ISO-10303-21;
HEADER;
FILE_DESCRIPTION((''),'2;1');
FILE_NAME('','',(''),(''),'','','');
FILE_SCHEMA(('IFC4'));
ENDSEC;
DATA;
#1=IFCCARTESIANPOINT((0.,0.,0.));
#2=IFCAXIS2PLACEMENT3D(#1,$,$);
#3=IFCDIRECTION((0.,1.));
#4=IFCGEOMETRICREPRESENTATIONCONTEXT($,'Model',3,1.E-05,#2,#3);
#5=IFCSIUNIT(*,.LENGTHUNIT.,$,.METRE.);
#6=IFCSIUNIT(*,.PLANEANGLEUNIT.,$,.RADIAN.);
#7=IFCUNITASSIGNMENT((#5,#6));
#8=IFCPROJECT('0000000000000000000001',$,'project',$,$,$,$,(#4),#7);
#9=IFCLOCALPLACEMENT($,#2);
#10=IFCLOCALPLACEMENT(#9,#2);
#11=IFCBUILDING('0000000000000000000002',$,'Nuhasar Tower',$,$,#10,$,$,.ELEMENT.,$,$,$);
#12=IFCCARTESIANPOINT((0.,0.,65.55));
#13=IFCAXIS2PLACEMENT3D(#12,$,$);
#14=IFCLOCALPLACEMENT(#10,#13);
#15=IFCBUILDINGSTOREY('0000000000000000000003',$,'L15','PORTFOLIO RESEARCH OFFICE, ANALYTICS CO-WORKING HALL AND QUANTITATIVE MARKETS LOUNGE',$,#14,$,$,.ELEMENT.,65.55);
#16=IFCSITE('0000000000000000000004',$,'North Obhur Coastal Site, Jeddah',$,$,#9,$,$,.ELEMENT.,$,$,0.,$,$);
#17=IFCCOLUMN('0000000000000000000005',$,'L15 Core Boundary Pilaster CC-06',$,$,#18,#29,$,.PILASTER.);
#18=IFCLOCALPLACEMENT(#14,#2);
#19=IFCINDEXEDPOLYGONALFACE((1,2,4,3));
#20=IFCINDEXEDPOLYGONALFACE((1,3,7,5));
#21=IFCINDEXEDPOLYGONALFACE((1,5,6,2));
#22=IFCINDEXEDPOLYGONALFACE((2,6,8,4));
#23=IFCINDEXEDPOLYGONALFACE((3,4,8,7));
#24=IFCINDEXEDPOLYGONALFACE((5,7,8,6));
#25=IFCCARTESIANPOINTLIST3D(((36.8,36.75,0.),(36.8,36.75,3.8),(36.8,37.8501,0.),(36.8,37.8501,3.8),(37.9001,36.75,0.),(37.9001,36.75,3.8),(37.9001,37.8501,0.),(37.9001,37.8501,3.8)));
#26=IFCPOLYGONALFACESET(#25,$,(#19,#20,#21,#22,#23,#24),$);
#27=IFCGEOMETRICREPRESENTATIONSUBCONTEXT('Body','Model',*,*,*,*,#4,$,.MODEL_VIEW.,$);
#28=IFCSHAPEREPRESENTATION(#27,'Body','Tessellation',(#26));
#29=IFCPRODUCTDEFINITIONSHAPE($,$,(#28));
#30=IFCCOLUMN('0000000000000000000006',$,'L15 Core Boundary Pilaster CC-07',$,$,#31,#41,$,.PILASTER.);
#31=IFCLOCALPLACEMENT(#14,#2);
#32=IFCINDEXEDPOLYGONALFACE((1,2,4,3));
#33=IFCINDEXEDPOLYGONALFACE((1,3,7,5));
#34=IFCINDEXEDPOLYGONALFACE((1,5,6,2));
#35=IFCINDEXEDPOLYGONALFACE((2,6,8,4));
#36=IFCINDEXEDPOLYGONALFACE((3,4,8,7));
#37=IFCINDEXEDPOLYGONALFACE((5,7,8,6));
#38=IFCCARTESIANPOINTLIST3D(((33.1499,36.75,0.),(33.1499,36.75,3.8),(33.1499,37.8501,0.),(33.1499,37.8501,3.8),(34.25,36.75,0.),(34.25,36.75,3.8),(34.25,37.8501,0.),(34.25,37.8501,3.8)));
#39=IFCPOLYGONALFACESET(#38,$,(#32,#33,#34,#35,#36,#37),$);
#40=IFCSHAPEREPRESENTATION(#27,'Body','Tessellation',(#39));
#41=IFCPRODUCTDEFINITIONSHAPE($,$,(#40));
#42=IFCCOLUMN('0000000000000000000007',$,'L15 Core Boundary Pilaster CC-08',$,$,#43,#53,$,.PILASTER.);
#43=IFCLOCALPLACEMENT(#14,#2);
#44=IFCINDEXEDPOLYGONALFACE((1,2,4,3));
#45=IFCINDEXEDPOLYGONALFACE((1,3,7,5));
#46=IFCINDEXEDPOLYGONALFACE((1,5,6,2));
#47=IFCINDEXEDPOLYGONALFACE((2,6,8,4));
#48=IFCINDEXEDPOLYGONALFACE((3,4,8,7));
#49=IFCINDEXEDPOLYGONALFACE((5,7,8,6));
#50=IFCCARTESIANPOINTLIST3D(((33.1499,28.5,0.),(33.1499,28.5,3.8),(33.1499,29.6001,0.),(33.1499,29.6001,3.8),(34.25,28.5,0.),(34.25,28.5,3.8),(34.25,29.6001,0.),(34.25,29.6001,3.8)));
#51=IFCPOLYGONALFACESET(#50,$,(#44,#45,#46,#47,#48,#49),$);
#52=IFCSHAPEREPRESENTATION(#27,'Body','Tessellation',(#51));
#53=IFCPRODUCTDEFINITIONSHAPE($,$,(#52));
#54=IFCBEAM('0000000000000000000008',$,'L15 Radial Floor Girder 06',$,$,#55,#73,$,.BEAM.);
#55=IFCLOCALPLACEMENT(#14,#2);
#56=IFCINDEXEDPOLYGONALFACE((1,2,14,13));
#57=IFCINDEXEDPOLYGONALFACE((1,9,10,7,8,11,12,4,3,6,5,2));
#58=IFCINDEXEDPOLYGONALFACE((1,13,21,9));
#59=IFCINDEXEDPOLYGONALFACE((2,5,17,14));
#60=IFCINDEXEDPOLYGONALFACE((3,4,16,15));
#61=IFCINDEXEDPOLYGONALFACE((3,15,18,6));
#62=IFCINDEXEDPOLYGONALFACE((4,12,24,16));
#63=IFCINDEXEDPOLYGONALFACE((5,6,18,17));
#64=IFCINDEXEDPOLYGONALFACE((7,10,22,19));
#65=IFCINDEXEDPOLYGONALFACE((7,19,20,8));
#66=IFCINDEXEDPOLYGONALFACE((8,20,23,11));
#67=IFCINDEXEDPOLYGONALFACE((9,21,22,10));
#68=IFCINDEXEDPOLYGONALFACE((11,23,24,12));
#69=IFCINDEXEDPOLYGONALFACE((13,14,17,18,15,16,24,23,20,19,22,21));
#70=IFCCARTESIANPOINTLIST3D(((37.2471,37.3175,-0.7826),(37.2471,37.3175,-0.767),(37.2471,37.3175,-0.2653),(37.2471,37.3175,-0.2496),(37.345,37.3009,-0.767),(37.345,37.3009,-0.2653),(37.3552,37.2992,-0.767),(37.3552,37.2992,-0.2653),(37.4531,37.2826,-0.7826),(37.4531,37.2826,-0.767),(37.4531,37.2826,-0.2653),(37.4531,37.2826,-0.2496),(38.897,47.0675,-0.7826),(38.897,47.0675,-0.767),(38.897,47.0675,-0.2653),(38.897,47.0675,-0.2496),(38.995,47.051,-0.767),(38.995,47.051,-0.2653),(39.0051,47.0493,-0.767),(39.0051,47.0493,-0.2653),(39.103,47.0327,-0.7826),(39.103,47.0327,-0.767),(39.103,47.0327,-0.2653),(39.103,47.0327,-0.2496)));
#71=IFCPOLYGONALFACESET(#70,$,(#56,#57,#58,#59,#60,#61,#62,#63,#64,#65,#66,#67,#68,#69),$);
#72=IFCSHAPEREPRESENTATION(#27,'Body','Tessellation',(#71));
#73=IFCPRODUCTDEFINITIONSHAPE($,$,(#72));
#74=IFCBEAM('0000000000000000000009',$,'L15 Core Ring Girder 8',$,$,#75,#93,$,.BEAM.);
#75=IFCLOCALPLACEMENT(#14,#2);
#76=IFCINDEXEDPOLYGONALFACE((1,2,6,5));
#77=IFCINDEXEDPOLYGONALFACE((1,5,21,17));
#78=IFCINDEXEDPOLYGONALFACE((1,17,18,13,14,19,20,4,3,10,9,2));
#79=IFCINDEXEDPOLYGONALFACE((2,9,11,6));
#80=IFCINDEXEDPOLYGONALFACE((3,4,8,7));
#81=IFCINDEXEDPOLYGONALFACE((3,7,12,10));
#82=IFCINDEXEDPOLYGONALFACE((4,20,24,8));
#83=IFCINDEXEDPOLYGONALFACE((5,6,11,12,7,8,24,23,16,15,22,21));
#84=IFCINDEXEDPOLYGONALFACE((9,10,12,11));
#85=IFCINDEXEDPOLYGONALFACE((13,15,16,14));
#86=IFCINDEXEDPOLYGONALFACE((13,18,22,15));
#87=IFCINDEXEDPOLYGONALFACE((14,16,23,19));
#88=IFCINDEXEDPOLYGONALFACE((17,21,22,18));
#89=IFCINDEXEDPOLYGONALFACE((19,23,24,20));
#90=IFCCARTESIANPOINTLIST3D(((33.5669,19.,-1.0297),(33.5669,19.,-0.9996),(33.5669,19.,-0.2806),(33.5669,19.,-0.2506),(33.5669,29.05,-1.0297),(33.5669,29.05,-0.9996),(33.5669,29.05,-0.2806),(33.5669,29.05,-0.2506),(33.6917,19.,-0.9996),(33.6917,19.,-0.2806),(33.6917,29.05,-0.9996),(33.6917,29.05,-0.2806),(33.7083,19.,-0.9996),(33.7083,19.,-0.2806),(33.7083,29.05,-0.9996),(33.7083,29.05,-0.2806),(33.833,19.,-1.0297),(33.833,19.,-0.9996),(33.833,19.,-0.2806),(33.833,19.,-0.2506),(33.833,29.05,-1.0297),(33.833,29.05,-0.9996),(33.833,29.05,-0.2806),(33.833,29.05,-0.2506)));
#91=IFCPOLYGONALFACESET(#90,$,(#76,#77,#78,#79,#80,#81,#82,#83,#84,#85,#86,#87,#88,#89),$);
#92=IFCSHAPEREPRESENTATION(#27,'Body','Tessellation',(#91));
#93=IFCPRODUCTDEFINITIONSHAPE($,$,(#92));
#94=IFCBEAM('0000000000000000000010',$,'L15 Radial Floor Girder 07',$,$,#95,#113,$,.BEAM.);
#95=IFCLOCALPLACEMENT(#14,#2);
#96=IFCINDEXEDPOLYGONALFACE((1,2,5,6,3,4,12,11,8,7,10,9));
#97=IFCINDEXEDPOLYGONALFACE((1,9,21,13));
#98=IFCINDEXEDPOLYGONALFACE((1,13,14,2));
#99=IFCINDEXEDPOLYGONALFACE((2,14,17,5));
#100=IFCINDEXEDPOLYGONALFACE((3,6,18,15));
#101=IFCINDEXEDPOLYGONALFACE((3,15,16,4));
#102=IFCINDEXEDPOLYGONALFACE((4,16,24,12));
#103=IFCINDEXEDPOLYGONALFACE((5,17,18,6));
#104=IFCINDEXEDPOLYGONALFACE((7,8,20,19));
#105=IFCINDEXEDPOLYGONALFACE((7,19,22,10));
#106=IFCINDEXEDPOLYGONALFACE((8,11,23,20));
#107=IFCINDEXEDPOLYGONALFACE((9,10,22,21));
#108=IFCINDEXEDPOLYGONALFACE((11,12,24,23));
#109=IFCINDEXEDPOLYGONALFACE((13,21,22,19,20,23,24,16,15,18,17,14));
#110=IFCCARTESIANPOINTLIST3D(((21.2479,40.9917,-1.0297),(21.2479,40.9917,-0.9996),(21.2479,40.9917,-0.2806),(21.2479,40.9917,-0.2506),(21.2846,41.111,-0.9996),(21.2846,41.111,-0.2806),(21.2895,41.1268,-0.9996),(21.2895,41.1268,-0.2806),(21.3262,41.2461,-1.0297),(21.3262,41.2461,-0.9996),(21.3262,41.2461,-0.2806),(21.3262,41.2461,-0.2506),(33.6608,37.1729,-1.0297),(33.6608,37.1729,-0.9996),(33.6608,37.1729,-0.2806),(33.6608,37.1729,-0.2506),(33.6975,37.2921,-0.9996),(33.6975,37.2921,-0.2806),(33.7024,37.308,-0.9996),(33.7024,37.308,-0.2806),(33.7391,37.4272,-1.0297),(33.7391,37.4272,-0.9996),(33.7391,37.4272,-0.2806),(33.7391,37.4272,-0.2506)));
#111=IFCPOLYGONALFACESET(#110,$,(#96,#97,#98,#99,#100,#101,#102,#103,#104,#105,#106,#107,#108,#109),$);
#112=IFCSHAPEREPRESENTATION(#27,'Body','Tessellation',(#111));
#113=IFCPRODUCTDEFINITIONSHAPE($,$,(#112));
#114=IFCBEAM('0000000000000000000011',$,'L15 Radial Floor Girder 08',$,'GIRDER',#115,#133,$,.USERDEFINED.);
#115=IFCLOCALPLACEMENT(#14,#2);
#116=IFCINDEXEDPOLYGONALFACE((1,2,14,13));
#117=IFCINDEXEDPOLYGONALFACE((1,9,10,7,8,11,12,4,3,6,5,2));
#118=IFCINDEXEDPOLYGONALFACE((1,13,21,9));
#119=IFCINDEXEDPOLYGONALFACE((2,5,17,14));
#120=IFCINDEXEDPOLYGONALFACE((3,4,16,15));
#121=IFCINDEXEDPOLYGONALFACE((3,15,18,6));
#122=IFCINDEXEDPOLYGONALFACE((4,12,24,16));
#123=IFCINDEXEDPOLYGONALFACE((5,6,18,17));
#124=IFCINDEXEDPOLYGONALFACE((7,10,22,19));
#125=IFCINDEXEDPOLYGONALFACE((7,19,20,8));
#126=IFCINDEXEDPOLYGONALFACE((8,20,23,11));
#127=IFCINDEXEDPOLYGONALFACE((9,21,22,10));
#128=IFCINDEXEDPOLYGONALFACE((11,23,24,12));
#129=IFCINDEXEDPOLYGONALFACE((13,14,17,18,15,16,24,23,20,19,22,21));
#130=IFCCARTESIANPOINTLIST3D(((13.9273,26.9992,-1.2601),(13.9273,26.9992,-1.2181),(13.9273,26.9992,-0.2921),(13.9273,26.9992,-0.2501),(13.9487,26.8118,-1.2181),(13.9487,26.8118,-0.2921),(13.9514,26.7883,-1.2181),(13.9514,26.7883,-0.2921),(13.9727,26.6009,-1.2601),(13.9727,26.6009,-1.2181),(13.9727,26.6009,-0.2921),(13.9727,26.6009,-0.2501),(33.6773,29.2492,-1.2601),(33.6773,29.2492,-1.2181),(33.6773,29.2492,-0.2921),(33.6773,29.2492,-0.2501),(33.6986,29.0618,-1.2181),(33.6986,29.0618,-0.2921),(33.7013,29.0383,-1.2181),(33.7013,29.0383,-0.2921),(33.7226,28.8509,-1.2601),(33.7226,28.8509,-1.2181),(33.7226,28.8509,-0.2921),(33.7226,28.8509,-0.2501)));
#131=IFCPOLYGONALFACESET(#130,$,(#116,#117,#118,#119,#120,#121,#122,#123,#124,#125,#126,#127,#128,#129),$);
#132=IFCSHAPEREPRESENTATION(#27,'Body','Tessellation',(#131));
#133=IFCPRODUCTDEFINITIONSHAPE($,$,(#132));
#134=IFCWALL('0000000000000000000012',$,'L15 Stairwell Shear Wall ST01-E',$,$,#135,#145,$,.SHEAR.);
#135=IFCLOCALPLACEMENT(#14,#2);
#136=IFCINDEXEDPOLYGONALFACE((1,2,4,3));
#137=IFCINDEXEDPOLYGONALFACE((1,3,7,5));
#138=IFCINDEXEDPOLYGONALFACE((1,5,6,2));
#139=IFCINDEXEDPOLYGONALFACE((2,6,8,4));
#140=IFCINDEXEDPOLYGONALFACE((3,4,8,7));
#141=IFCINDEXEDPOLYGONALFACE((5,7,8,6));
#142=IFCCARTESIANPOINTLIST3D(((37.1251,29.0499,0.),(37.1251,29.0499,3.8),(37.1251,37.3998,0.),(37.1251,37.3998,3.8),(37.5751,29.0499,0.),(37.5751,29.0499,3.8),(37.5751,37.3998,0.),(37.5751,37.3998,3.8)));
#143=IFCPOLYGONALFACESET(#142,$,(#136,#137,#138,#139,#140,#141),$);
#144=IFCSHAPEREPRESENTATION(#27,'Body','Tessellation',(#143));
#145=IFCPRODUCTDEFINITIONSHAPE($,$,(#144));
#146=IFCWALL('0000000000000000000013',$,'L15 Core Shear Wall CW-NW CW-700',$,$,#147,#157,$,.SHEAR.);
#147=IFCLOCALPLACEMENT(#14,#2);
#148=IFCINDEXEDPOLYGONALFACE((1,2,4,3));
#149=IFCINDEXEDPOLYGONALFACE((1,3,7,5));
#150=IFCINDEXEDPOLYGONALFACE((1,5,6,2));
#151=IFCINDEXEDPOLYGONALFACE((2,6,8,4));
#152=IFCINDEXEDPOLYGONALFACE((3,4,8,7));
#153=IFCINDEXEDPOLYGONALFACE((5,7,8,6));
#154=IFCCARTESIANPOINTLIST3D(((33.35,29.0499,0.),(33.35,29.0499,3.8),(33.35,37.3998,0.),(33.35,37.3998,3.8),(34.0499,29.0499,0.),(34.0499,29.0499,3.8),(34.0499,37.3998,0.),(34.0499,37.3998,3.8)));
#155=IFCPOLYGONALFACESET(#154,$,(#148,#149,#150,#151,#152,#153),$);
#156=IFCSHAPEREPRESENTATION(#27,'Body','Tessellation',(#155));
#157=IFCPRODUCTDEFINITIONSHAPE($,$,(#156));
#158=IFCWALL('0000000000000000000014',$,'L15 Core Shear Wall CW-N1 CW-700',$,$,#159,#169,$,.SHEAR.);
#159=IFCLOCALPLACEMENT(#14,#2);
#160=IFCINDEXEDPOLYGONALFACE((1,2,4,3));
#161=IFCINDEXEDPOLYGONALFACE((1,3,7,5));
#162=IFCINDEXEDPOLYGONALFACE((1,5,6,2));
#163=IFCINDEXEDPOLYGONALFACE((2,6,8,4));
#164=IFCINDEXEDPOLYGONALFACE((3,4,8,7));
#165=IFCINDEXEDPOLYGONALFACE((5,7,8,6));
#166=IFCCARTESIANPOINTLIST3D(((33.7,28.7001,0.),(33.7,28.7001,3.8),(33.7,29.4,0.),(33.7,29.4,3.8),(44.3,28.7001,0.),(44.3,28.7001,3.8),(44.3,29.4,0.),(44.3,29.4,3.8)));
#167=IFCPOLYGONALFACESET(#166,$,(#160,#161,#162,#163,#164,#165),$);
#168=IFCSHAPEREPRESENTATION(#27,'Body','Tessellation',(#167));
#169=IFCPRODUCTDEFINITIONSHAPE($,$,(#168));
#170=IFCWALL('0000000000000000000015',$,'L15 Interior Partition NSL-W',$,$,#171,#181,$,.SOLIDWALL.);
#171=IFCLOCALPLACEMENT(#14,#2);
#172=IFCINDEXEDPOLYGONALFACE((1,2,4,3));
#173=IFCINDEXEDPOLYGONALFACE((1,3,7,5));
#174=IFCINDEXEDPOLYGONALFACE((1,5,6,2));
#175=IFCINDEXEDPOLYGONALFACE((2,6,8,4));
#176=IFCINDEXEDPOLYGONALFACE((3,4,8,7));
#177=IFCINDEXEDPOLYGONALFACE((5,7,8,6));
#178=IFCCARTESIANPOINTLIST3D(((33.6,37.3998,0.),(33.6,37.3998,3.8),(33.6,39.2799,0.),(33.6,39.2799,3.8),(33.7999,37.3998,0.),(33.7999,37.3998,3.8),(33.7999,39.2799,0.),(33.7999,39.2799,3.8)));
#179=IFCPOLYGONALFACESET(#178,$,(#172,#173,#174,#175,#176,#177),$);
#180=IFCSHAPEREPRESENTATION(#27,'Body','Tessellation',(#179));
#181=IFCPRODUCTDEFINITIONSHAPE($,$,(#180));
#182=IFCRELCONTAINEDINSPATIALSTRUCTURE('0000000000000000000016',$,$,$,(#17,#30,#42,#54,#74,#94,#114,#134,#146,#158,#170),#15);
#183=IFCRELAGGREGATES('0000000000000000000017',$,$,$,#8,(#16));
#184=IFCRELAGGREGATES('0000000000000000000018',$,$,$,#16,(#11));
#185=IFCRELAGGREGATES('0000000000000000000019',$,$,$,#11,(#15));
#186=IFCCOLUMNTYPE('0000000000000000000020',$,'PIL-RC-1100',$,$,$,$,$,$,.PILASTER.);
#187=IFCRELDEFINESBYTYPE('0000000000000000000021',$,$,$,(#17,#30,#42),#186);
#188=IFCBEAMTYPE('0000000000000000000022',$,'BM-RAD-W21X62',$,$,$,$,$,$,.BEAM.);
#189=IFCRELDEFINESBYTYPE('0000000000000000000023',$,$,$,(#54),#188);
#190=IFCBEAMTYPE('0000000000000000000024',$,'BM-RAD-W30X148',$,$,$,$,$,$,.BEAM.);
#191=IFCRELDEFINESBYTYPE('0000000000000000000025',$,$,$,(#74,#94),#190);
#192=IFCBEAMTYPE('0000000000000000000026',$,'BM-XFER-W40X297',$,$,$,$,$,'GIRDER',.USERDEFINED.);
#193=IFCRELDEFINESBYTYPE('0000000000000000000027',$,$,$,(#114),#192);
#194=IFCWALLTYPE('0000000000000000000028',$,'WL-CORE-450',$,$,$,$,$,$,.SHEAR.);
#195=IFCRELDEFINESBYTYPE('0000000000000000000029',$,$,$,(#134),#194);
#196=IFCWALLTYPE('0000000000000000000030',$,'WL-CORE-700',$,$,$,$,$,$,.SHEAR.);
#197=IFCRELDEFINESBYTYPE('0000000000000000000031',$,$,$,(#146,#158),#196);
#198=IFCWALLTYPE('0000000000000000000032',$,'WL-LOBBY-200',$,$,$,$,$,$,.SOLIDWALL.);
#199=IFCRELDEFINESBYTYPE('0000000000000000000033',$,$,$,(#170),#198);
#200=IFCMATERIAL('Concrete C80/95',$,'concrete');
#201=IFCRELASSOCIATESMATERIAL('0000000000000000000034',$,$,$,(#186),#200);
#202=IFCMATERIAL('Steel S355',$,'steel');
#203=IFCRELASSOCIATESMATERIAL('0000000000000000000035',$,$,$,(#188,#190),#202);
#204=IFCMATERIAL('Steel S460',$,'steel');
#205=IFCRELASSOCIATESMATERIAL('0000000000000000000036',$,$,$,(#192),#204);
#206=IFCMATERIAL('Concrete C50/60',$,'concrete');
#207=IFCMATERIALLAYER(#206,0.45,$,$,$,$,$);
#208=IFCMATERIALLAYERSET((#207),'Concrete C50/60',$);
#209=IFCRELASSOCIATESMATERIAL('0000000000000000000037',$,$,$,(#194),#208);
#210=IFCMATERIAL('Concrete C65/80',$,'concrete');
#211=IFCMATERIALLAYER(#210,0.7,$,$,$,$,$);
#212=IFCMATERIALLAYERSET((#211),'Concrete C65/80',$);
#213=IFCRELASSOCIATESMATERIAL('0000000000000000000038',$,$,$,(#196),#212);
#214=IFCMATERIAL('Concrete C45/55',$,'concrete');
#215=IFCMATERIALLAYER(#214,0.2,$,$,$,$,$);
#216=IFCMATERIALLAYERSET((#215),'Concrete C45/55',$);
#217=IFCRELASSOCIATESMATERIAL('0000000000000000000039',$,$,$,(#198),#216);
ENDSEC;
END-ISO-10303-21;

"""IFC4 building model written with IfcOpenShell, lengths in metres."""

from ifc_helpers import new_model, si_unit, direction, frame, frame_2d, origin, origin_2d, place, context, subcontext, project, spatial, rectangle, i_section, extrude, material, layer, layer_set, material_profile, profile_set, type_object, element, save


model = new_model("IFC4")

# Units and contexts
model_context = context("Model", 3, precision=1e-05, world=origin(), true_north=direction((0.0, 1.0)))
body_context = subcontext(model_context, "Body", "Model", "MODEL_VIEW")
ifc_project = project(units=[si_unit("LENGTHUNIT", "METRE"), si_unit("PLANEANGLEUNIT", "RADIAN")], contexts=[model_context])

# Site, building, storey
site_placement = place(None, origin())
site = spatial("IfcSite", under=ifc_project, at=site_placement, Name="North Obhur Coastal Site, Jeddah", CompositionType="ELEMENT", RefElevation=0.0)
building_placement = place(site_placement, origin())
building = spatial("IfcBuilding", under=site, at=building_placement, Name="Nuhasar Tower", CompositionType="ELEMENT")
storey_placement = place(building_placement, frame((0.0, 0.0, 65.55)))
storey = spatial("IfcBuildingStorey", under=building, at=storey_placement, Name="L15", Description="PORTFOLIO RESEARCH OFFICE, ANALYTICS CO-WORKING HALL AND QUANTITATIVE MARKETS LOUNGE", CompositionType="ELEMENT", Elevation=65.55)

# Columns
ifc_material_1 = material(Name="Concrete C80/95", Category="concrete")
ifc_material_profile_1 = material_profile(ifc_material_1, rectangle(XDim=1.1001, YDim=1.1001, at=origin_2d()), Name="RC1100X1100")
ifc_profile_set_1 = profile_set([ifc_material_profile_1], Name="Concrete C80/95")
column_type = type_object("IfcColumnType", Name="PIL-RC-1100", PredefinedType="PILASTER", material=ifc_profile_set_1)
for number, where, z_axis, x_axis, name in (
    (1, (37.3501, 37.3, 0.0), (0.0, 0.0, 1.0), (1.0, 0.0, 0.0), "L15 Core Boundary Pilaster CC-06"),
    (2, (33.7, 37.3, 0.0), (0.0, 0.0, 1.0), (1.0, 0.0, 0.0), "L15 Core Boundary Pilaster CC-07"),
    (3, (33.7, 29.05, 0.0), (0.0, 0.0, 1.0), (1.0, 0.0, 0.0), "L15 Core Boundary Pilaster CC-08"),
):
    element("IfcColumn", number, at=place(storey_placement, frame(where, z_axis=z_axis, x_axis=x_axis)), inside=storey, type_object=column_type, Name=name, PredefinedType="PILASTER", context=body_context, shape_type="SweptSolid", body=[
        extrude(rectangle(XDim=1.1001, YDim=1.1001, at=origin_2d()), origin(), (0.0, 0.0, 1.0), 3.8),
    ])

# Beams
ifc_material_2 = material(Name="Steel S355", Category="steel")
ifc_material_profile_2 = material_profile(ifc_material_2, i_section(OverallWidth=0.209, OverallDepth=0.533, WebThickness=0.0103, FlangeThickness=0.0156, at=origin_2d()), Name="W21X62")
ifc_profile_set_2 = profile_set([ifc_material_profile_2], Name="Steel S355")
beam_type_1 = type_object("IfcBeamType", Name="BM-RAD-W21X62", PredefinedType="BEAM", material=ifc_profile_set_2)
beam_1_placement = place(storey_placement, frame((37.3501, 37.3, -0.5161), z_axis=(0.166849, 0.985983, 0.0), x_axis=(-0.985983, 0.166849, 0.0)))
element("IfcBeam", 4, at=beam_1_placement, inside=storey, type_object=beam_type_1, Name="L15 Radial Floor Girder 06", PredefinedType="BEAM", context=body_context, shape_type="SweptSolid", body=[
    extrude(i_section(OverallWidth=0.209, OverallDepth=0.533, WebThickness=0.0103, FlangeThickness=0.0156, at=origin_2d()), origin(), (0.0, 0.0, 1.0), 9.8887),
])
ifc_material_profile_3 = material_profile(ifc_material_2, i_section(OverallWidth=0.2661, OverallDepth=0.7791, WebThickness=0.0166, FlangeThickness=0.03, at=origin_2d()), Name="W30X148")
ifc_profile_set_3 = profile_set([ifc_material_profile_3], Name="Steel S355")
beam_type_2 = type_object("IfcBeamType", Name="BM-RAD-W30X148", PredefinedType="BEAM", material=ifc_profile_set_3)
beam_2_placement = place(storey_placement, frame((33.7, 29.05, -0.6401), z_axis=(0.0, -1.0, 0.0), x_axis=(1.0, 0.0, 0.0)))
element("IfcBeam", 5, at=beam_2_placement, inside=storey, type_object=beam_type_2, Name="L15 Core Ring Girder 8", PredefinedType="BEAM", context=body_context, shape_type="SweptSolid", body=[
    extrude(i_section(OverallWidth=0.2661, OverallDepth=0.7791, WebThickness=0.0166, FlangeThickness=0.03, at=origin_2d()), origin(), (0.0, 0.0, 1.0), 10.05),
])
beam_3_placement = place(storey_placement, frame((33.7, 37.3, -0.6401), z_axis=(-0.95579, 0.294052, 0.0), x_axis=(-0.294052, -0.95579, 0.0)))
element("IfcBeam", 6, at=beam_3_placement, inside=storey, type_object=beam_type_2, Name="L15 Radial Floor Girder 07", PredefinedType="BEAM", context=body_context, shape_type="SweptSolid", body=[
    extrude(i_section(OverallWidth=0.2661, OverallDepth=0.7791, WebThickness=0.0166, FlangeThickness=0.03, at=origin_2d()), origin(), (0.0, 0.0, 1.0), 12.9871),
])
ifc_material_3 = material(Name="Steel S460", Category="steel")
ifc_material_profile_4 = material_profile(ifc_material_3, i_section(OverallWidth=0.4009, OverallDepth=1.01, WebThickness=0.0237, FlangeThickness=0.042, at=origin_2d()), Name="W40X297")
ifc_profile_set_4 = profile_set([ifc_material_profile_4], Name="Steel S460")
beam_type_3 = type_object("IfcBeamType", Name="BM-XFER-W40X297", ElementType="GIRDER", PredefinedType="USERDEFINED", material=ifc_profile_set_4)
beam_4_placement = place(storey_placement, frame((33.7, 29.05, -0.7551), z_axis=(-0.993573, -0.113192, 0.0), x_axis=(0.113192, -0.993573, 0.0)))
element("IfcBeam", 7, at=beam_4_placement, inside=storey, type_object=beam_type_3, Name="L15 Radial Floor Girder 08", ObjectType="GIRDER", PredefinedType="USERDEFINED", context=body_context, shape_type="SweptSolid", body=[
    extrude(i_section(OverallWidth=0.4009, OverallDepth=1.01, WebThickness=0.0237, FlangeThickness=0.042, at=origin_2d()), origin(), (0.0, 0.0, 1.0), 19.8777),
])

# Shared definitions
ifc_material_4 = material(Name="Concrete C50/60", Category="concrete")
ifc_layer_1 = layer(ifc_material_4, 0.45)
ifc_layer_set_1 = layer_set([ifc_layer_1], Name="Concrete C50/60")
wall_type_1 = type_object("IfcWallType", Name="WL-CORE-450", PredefinedType="SHEAR", material=ifc_layer_set_1)

# Walls
wall_1_placement = place(storey_placement, frame((37.3501, 29.05, 0.0), z_axis=(0.0, 0.0, 1.0), x_axis=(0.0, 1.0, 0.0)))
element("IfcWall", 8, at=wall_1_placement, inside=storey, type_object=wall_type_1, Name="L15 Stairwell Shear Wall ST01-E", PredefinedType="SHEAR", context=body_context, shape_type="SweptSolid", body=[
    extrude(rectangle(XDim=8.3499, YDim=0.45, at=frame_2d((4.1748, 0.0))), origin(), (0.0, 0.0, 1.0), 3.8),
])
ifc_material_5 = material(Name="Concrete C65/80", Category="concrete")
ifc_layer_2 = layer(ifc_material_5, 0.7)
ifc_layer_set_2 = layer_set([ifc_layer_2], Name="Concrete C65/80")
wall_type_2 = type_object("IfcWallType", Name="WL-CORE-700", PredefinedType="SHEAR", material=ifc_layer_set_2)
wall_2_placement = place(storey_placement, frame((33.7, 29.05, 0.0), z_axis=(0.0, 0.0, 1.0), x_axis=(0.0, 1.0, 0.0)))
element("IfcWall", 9, at=wall_2_placement, inside=storey, type_object=wall_type_2, Name="L15 Core Shear Wall CW-NW CW-700", PredefinedType="SHEAR", context=body_context, shape_type="SweptSolid", body=[
    extrude(rectangle(XDim=8.3499, YDim=0.7, at=frame_2d((4.1748, 0.0))), origin(), (0.0, 0.0, 1.0), 3.8),
])
wall_3_placement = place(storey_placement, frame((33.7, 29.05, 0.0), z_axis=(0.0, 0.0, 1.0), x_axis=(1.0, 0.0, 0.0)))
element("IfcWall", 10, at=wall_3_placement, inside=storey, type_object=wall_type_2, Name="L15 Core Shear Wall CW-N1 CW-700", PredefinedType="SHEAR", context=body_context, shape_type="SweptSolid", body=[
    extrude(rectangle(XDim=10.6001, YDim=0.7, at=frame_2d((5.3, 0.0))), origin(), (0.0, 0.0, 1.0), 3.8),
])
ifc_material_6 = material(Name="Concrete C45/55", Category="concrete")
ifc_layer_3 = layer(ifc_material_6, 0.2)
ifc_layer_set_3 = layer_set([ifc_layer_3], Name="Concrete C45/55")
wall_type_3 = type_object("IfcWallType", Name="WL-LOBBY-200", PredefinedType="SOLIDWALL", material=ifc_layer_set_3)
wall_4_placement = place(storey_placement, frame((33.7, 37.3999, 0.0), z_axis=(0.0, 0.0, 1.0), x_axis=(0.0, 1.0, 0.0)))
element("IfcWall", 11, at=wall_4_placement, inside=storey, type_object=wall_type_3, Name="L15 Interior Partition NSL-W", PredefinedType="SOLIDWALL", context=body_context, shape_type="SweptSolid", body=[
    extrude(rectangle(XDim=1.8801, YDim=0.2, at=frame_2d((0.9399, 0.0))), origin(), (0.0, 0.0, 1.0), 3.8),
])

save(model, "model.ifc")
